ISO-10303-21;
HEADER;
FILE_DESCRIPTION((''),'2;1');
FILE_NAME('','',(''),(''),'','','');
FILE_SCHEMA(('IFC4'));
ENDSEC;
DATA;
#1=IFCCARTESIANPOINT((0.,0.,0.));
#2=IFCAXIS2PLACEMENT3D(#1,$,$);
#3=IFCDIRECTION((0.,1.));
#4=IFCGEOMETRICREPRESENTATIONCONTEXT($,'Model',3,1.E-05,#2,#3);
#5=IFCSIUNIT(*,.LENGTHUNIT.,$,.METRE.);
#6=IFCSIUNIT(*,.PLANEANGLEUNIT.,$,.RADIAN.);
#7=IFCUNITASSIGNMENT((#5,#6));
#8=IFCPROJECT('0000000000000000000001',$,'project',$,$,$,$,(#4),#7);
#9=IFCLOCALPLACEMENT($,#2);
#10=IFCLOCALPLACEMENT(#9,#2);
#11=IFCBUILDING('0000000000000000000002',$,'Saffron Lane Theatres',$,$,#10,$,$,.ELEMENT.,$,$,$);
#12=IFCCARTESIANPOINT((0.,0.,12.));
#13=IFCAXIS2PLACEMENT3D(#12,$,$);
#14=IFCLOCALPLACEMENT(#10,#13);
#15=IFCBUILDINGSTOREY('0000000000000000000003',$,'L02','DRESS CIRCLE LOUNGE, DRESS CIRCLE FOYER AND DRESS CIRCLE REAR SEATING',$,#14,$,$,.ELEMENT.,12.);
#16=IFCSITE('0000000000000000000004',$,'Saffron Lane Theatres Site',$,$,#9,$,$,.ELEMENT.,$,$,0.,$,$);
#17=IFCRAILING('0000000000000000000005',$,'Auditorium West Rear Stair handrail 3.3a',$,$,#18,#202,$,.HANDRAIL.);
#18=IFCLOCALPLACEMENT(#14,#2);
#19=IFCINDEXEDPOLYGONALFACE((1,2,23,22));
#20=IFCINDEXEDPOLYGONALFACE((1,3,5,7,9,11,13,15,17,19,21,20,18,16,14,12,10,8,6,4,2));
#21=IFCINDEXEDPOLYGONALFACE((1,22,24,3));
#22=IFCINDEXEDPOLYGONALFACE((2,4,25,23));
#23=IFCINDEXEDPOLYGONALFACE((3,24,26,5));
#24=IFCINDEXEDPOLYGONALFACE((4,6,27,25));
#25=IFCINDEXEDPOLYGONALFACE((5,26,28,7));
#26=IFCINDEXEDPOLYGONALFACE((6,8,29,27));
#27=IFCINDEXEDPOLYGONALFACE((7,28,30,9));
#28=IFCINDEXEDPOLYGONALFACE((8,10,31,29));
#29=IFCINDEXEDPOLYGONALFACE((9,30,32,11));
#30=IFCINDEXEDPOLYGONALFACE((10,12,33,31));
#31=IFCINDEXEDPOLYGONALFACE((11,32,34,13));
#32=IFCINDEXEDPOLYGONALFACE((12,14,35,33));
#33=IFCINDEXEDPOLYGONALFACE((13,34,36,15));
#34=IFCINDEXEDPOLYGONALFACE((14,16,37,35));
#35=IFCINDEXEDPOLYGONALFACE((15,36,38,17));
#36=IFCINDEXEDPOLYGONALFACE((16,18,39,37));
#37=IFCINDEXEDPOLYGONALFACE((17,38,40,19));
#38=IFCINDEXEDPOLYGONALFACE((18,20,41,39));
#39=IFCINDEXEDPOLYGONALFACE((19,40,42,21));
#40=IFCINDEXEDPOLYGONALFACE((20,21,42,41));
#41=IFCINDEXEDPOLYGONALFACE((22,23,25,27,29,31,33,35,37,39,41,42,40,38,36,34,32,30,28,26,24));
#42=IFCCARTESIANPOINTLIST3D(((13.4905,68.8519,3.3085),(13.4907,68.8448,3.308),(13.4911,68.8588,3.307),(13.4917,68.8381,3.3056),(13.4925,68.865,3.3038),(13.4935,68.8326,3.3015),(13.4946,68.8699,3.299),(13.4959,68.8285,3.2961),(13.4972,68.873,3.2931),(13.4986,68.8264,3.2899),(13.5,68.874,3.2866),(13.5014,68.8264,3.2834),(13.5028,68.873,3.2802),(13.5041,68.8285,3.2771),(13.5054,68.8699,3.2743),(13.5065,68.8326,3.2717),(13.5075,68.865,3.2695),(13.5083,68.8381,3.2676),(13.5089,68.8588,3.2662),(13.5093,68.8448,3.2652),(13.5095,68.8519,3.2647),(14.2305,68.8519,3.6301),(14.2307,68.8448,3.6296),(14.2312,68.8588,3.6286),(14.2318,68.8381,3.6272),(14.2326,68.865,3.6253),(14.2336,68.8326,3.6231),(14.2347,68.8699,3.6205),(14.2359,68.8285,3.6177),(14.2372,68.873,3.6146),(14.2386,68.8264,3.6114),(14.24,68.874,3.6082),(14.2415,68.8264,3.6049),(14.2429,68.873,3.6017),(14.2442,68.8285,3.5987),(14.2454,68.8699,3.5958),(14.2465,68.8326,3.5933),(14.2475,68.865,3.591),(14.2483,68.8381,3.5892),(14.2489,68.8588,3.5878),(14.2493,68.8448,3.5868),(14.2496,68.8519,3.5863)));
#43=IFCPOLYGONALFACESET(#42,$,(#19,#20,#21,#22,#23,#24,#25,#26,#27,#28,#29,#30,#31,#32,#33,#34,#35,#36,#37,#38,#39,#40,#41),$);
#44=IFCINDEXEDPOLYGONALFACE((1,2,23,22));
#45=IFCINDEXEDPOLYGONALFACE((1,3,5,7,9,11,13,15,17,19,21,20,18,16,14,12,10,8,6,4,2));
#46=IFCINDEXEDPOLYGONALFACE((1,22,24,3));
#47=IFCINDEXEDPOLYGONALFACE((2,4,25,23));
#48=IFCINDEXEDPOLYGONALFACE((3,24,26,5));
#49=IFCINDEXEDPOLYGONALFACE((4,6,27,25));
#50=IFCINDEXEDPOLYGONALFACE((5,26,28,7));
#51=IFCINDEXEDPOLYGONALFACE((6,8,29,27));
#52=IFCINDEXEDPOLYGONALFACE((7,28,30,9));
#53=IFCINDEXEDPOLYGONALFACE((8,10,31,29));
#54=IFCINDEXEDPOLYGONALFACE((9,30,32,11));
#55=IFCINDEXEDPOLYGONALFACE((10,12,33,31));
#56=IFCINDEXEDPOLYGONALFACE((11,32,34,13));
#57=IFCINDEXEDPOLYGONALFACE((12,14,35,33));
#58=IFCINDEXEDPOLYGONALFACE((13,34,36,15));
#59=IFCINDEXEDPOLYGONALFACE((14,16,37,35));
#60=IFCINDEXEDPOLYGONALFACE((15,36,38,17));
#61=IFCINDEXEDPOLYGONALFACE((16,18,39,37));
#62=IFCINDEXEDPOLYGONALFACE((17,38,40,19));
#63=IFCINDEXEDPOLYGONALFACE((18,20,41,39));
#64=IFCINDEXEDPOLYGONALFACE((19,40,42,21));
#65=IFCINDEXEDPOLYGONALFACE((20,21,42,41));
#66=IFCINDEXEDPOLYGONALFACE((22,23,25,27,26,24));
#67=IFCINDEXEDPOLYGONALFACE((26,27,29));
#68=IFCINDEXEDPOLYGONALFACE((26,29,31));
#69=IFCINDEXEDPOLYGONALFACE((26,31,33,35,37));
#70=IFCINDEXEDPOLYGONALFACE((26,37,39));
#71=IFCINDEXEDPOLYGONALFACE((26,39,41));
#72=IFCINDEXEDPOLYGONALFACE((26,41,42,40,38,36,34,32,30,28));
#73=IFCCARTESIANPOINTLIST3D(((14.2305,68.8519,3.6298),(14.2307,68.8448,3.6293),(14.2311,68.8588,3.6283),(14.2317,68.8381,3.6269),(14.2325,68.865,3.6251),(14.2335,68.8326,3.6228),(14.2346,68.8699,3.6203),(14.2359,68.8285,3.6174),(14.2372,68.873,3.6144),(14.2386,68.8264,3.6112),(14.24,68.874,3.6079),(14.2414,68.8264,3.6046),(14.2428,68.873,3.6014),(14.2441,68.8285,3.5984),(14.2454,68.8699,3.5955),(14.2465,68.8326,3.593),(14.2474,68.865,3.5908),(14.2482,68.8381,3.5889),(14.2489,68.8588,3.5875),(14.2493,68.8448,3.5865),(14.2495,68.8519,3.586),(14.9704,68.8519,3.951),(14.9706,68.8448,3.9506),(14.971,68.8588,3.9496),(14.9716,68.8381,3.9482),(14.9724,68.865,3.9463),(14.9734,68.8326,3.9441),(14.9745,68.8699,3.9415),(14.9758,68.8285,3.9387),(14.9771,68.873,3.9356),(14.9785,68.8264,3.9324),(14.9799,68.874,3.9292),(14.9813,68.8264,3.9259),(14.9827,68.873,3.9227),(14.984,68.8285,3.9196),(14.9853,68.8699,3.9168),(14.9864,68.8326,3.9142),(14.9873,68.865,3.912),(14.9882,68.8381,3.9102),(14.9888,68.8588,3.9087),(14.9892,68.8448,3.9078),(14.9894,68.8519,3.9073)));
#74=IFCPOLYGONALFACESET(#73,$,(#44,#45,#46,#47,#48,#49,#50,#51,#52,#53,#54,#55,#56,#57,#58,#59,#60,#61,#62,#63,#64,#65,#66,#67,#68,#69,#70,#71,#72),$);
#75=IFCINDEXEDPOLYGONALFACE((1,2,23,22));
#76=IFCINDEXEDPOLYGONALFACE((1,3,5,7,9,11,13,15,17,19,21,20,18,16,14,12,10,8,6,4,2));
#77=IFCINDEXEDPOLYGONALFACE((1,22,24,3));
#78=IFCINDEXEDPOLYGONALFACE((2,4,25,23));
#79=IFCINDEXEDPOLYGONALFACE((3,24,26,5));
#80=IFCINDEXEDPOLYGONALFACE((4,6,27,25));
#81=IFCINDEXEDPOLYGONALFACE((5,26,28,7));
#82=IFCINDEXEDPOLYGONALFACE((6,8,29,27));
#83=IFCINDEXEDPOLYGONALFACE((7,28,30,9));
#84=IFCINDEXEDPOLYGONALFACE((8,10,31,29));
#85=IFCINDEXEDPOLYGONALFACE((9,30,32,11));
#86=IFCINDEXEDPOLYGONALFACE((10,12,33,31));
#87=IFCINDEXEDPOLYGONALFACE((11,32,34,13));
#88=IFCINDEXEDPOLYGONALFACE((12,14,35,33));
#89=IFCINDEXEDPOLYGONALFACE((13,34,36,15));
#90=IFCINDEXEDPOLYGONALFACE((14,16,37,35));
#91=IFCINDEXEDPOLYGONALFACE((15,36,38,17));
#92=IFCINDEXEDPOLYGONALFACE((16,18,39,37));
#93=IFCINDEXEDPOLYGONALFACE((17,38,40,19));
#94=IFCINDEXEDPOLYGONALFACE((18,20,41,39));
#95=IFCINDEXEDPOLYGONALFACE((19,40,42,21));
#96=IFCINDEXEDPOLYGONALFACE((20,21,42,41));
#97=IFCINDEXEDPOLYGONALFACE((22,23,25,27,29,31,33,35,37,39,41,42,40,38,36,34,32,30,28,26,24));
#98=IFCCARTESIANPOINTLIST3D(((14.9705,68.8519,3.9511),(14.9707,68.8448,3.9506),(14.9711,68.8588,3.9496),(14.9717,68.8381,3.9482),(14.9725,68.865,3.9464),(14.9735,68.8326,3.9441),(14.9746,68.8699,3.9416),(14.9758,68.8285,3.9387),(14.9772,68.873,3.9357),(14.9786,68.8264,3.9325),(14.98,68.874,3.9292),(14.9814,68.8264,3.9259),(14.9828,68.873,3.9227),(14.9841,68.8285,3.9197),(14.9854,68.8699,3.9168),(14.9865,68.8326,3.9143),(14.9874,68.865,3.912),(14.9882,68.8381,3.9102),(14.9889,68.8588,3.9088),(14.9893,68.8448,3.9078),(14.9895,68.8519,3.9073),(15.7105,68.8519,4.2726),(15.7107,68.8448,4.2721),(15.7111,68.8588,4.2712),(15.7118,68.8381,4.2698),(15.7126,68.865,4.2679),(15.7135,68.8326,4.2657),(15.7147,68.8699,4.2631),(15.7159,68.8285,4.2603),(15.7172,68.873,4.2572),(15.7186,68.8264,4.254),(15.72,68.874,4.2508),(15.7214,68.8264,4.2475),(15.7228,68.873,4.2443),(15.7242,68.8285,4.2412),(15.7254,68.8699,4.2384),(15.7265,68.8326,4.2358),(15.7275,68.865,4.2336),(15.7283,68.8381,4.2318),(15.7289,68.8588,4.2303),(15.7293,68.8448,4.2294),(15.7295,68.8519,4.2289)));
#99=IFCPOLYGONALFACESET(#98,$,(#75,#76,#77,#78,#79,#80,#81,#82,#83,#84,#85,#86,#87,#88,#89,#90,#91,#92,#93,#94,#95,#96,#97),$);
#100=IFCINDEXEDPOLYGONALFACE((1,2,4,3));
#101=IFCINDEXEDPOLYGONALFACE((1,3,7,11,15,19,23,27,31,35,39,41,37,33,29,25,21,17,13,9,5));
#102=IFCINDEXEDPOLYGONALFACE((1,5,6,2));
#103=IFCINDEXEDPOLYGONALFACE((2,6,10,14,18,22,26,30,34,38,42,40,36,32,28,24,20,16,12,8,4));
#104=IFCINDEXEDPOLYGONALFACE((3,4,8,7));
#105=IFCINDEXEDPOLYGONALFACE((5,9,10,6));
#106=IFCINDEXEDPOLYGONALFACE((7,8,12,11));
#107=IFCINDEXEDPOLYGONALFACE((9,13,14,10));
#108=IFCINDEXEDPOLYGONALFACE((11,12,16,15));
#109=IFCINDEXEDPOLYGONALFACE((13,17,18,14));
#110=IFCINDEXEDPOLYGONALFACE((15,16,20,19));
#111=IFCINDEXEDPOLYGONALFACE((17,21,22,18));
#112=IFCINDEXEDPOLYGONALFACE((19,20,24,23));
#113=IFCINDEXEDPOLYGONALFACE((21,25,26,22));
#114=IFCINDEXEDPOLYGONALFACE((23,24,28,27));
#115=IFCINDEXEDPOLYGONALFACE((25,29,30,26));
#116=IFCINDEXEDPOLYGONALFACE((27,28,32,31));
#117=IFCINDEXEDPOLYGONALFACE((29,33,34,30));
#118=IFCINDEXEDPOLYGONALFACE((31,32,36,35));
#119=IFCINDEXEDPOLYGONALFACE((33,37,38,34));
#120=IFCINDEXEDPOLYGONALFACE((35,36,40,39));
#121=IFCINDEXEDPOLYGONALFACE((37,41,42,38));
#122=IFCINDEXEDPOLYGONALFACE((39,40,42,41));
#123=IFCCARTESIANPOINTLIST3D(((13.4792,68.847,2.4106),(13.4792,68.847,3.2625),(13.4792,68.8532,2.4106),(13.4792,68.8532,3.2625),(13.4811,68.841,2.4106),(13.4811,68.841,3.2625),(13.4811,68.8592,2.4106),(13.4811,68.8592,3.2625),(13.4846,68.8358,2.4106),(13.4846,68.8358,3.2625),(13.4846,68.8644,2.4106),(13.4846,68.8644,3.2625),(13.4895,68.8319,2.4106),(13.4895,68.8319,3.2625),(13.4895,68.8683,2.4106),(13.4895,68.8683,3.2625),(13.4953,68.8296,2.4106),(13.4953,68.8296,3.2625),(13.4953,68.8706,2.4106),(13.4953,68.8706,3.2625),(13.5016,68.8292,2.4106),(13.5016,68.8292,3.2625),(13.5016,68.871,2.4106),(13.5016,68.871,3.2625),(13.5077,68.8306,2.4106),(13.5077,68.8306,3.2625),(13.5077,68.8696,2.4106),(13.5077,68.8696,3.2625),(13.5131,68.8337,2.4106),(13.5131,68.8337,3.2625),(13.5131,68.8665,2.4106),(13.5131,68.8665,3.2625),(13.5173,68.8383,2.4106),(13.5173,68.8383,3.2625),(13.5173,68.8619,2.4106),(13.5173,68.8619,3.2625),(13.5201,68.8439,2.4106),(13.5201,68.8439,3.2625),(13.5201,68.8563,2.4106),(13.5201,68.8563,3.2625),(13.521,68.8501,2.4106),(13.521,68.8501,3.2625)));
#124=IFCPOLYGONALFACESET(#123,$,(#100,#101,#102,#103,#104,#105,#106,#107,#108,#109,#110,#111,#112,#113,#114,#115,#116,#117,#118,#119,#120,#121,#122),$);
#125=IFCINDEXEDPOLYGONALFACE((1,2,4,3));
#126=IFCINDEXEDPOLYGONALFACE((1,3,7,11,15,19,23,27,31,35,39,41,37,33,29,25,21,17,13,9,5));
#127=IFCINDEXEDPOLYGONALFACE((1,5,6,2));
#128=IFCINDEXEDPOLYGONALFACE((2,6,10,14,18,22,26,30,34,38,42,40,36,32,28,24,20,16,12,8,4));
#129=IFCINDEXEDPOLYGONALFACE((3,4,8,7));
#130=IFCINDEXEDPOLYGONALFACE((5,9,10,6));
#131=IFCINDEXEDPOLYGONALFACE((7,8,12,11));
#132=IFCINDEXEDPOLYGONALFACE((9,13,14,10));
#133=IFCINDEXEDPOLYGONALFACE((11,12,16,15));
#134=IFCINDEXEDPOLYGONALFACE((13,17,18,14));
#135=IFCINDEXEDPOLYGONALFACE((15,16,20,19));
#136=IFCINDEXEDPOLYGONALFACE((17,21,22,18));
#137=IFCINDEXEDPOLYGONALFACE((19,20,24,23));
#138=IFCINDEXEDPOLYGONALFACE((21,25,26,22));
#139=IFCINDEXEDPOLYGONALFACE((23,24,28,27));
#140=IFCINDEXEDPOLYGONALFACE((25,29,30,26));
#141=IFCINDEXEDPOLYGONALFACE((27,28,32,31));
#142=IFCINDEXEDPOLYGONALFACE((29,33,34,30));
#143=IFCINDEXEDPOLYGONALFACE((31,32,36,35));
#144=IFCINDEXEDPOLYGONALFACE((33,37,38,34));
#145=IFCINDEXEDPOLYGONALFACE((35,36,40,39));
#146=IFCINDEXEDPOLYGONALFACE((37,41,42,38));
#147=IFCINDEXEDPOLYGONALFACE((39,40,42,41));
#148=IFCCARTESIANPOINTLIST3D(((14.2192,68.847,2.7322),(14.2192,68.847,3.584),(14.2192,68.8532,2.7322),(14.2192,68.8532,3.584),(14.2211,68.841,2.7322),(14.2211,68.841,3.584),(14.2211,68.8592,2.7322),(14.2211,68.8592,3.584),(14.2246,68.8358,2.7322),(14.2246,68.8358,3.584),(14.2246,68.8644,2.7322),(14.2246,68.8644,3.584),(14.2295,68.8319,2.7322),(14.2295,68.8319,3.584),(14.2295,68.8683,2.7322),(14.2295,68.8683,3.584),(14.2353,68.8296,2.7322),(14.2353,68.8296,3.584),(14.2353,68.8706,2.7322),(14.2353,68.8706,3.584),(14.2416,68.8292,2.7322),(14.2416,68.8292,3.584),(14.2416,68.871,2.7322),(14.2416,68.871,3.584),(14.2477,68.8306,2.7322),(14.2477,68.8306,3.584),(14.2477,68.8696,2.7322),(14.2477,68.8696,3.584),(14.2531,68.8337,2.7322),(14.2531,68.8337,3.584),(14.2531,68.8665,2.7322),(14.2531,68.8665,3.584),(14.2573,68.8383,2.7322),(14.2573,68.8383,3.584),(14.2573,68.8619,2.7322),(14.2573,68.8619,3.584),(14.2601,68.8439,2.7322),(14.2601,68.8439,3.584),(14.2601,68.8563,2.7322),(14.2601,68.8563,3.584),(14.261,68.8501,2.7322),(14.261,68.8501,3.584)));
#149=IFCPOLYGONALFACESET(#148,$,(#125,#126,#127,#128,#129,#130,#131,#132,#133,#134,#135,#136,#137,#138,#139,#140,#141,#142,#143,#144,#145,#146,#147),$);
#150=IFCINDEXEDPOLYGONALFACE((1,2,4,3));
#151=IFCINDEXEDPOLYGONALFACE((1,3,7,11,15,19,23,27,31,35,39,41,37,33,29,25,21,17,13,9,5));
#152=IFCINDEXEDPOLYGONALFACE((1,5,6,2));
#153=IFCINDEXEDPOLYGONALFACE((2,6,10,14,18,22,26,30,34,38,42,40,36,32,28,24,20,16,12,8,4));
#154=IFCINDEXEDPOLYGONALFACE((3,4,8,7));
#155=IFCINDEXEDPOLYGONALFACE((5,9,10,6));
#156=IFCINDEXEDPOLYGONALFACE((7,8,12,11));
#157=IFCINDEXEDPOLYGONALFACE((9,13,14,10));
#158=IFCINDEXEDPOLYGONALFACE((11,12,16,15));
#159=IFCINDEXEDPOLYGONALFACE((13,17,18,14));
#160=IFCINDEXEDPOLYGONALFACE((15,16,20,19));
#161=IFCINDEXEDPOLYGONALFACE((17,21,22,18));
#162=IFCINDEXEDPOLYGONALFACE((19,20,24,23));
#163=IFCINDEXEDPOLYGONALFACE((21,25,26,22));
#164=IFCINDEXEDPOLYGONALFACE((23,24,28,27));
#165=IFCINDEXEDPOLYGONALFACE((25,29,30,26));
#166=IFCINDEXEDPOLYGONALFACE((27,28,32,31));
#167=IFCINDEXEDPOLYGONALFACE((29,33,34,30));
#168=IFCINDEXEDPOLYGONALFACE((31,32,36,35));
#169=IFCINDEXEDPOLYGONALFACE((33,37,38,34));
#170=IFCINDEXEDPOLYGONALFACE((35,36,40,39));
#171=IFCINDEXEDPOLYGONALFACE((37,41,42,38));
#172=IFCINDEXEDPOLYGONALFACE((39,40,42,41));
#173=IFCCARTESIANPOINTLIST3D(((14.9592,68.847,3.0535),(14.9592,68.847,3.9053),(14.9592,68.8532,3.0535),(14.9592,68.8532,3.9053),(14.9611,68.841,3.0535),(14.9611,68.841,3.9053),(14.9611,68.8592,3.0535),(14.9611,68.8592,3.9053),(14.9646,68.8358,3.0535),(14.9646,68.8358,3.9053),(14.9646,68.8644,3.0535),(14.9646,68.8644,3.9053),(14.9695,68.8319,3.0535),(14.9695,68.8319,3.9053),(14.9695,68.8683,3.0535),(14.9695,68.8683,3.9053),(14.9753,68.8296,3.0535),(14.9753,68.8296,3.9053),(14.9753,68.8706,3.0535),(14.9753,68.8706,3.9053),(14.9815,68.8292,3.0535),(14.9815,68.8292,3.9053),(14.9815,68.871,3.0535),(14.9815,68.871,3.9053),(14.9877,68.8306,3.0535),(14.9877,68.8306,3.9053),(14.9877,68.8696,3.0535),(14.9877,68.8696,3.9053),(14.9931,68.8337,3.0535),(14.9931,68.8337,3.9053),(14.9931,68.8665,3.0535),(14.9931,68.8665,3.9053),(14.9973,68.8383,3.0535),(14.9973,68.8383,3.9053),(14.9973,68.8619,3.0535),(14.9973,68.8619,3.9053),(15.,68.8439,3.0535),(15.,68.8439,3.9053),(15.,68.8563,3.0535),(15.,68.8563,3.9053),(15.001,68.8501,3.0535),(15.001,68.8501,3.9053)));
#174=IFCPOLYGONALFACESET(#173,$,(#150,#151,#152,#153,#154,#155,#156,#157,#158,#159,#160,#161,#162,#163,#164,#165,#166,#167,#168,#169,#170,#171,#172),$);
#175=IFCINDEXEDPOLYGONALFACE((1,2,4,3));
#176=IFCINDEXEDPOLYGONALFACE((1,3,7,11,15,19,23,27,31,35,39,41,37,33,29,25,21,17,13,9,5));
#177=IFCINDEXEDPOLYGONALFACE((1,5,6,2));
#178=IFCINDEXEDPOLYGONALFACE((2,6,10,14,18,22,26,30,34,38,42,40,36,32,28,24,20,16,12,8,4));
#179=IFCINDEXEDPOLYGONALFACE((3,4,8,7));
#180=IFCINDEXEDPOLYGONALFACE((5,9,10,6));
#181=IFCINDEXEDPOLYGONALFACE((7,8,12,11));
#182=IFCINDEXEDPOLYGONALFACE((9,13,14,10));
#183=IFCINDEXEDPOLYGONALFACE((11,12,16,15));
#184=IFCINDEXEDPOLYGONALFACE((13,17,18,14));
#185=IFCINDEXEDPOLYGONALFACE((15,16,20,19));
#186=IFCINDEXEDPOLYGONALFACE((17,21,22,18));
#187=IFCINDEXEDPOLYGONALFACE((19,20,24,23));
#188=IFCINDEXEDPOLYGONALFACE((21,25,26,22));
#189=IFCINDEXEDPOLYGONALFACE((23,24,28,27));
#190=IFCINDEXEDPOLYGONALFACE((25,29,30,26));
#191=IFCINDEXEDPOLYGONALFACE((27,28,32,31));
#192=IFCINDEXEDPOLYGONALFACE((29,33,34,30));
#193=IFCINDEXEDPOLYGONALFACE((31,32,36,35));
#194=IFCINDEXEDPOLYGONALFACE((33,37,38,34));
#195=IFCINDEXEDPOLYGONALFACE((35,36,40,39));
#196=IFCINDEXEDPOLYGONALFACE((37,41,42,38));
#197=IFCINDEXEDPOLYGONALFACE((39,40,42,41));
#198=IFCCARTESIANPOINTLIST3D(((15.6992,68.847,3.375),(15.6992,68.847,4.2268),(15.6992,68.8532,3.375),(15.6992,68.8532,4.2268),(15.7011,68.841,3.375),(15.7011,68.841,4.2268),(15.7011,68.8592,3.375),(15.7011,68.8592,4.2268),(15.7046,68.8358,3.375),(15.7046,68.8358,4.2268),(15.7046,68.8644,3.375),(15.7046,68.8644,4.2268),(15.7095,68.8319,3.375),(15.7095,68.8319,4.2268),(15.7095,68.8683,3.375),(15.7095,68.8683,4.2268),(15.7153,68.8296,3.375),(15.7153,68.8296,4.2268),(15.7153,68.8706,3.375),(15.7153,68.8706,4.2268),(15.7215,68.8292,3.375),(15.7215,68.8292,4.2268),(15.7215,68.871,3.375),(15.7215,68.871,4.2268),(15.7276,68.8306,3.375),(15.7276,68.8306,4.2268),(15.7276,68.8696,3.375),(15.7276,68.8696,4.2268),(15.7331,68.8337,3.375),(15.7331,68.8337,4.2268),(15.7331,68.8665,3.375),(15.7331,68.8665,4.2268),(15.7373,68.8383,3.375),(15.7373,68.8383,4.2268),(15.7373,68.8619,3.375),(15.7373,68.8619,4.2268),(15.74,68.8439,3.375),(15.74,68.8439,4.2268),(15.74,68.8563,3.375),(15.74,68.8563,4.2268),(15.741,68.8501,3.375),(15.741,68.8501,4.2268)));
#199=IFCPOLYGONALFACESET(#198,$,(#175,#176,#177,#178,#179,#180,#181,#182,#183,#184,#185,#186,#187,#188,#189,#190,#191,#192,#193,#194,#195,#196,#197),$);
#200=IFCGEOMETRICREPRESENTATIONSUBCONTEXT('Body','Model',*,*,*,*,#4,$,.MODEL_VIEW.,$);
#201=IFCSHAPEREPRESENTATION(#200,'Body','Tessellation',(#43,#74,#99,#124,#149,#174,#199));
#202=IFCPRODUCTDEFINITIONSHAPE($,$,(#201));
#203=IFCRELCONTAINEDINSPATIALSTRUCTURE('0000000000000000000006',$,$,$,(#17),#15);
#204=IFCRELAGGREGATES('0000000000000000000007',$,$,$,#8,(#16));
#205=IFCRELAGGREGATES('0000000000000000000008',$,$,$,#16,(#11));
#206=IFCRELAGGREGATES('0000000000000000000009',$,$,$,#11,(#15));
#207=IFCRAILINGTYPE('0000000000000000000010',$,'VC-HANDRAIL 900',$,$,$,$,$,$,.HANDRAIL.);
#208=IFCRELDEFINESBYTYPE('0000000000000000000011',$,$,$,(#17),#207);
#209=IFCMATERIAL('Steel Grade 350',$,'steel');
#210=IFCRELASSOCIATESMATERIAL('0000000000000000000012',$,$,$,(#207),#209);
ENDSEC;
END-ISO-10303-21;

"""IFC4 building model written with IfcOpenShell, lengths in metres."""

from ifc_helpers import new_model, si_unit, direction, frame, origin, origin_2d, place, context, subcontext, project, spatial, circle, extrude, material, type_object, element, save


model = new_model("IFC4")

# Units and contexts
model_context = context("Model", 3, precision=1e-05, world=origin(), true_north=direction((0.0, 1.0)))
body_context = subcontext(model_context, "Body", "Model", "MODEL_VIEW")
ifc_project = project(units=[si_unit("LENGTHUNIT", "METRE"), si_unit("PLANEANGLEUNIT", "RADIAN")], contexts=[model_context])

# Site, building, storey
site_placement = place(None, origin())
site = spatial("IfcSite", under=ifc_project, at=site_placement, Name="Saffron Lane Theatres Site", CompositionType="ELEMENT", RefElevation=0.0)
building_placement = place(site_placement, origin())
building = spatial("IfcBuilding", under=site, at=building_placement, Name="Saffron Lane Theatres", CompositionType="ELEMENT")
storey_placement = place(building_placement, frame((0.0, 0.0, 12.0)))
storey = spatial("IfcBuildingStorey", under=building, at=storey_placement, Name="L02", Description="DRESS CIRCLE LOUNGE, DRESS CIRCLE FOYER AND DRESS CIRCLE REAR SEATING", CompositionType="ELEMENT", Elevation=12.0)

# Railing
ifc_material_1 = material(Name="Steel Grade 350", Category="steel")
railing_type_1 = type_object("IfcRailingType", Name="VC-HANDRAIL 900", PredefinedType="HANDRAIL", material=ifc_material_1)
for number, where, name in (
    (1, (13.5, 68.8501, 2.4106), "Auditorium West Rear Stair handrail 3.3a"),
):
    element("IfcRailing", number, at=place(storey_placement, frame(where)), inside=storey, type_object=railing_type_1, Name=name, PredefinedType="HANDRAIL", context=body_context, shape_type="SweptSolid", body=[
        extrude(circle(Radius=0.0239, at=origin_2d()), frame((0.0, 0.0, 0.876), z_axis=(0.917161, 0.0, 0.398516), x_axis=(0.0, 1.0, 0.0)), (0.0, 0.0, 1.0), 0.8069),
        extrude(circle(Radius=0.0239, at=origin_2d()), frame((0.74, 0.0, 1.1973), z_axis=(0.917272, 0.0, 0.398261), x_axis=(0.0, 1.0, 0.0)), (0.0, 0.0, 1.0), 0.8066),
        extrude(circle(Radius=0.0239, at=origin_2d()), frame((1.48, 0.0, 1.5186), z_axis=(0.917161, 0.0, 0.398516), x_axis=(0.0, 1.0, 0.0)), (0.0, 0.0, 1.0), 0.8069),
        extrude(circle(Radius=0.021, at=origin_2d()), origin(), (0.0, 0.0, 1.0), 0.8518),
        extrude(circle(Radius=0.021, at=origin_2d()), frame((0.74, 0.0, 0.3215)), (0.0, 0.0, 1.0), 0.8518),
        extrude(circle(Radius=0.021, at=origin_2d()), frame((1.48, 0.0, 0.6428)), (0.0, 0.0, 1.0), 0.8518),
        extrude(circle(Radius=0.021, at=origin_2d()), frame((2.22, 0.0, 0.9644)), (0.0, 0.0, 1.0), 0.8518),
    ])

save(model, "model.ifc")
